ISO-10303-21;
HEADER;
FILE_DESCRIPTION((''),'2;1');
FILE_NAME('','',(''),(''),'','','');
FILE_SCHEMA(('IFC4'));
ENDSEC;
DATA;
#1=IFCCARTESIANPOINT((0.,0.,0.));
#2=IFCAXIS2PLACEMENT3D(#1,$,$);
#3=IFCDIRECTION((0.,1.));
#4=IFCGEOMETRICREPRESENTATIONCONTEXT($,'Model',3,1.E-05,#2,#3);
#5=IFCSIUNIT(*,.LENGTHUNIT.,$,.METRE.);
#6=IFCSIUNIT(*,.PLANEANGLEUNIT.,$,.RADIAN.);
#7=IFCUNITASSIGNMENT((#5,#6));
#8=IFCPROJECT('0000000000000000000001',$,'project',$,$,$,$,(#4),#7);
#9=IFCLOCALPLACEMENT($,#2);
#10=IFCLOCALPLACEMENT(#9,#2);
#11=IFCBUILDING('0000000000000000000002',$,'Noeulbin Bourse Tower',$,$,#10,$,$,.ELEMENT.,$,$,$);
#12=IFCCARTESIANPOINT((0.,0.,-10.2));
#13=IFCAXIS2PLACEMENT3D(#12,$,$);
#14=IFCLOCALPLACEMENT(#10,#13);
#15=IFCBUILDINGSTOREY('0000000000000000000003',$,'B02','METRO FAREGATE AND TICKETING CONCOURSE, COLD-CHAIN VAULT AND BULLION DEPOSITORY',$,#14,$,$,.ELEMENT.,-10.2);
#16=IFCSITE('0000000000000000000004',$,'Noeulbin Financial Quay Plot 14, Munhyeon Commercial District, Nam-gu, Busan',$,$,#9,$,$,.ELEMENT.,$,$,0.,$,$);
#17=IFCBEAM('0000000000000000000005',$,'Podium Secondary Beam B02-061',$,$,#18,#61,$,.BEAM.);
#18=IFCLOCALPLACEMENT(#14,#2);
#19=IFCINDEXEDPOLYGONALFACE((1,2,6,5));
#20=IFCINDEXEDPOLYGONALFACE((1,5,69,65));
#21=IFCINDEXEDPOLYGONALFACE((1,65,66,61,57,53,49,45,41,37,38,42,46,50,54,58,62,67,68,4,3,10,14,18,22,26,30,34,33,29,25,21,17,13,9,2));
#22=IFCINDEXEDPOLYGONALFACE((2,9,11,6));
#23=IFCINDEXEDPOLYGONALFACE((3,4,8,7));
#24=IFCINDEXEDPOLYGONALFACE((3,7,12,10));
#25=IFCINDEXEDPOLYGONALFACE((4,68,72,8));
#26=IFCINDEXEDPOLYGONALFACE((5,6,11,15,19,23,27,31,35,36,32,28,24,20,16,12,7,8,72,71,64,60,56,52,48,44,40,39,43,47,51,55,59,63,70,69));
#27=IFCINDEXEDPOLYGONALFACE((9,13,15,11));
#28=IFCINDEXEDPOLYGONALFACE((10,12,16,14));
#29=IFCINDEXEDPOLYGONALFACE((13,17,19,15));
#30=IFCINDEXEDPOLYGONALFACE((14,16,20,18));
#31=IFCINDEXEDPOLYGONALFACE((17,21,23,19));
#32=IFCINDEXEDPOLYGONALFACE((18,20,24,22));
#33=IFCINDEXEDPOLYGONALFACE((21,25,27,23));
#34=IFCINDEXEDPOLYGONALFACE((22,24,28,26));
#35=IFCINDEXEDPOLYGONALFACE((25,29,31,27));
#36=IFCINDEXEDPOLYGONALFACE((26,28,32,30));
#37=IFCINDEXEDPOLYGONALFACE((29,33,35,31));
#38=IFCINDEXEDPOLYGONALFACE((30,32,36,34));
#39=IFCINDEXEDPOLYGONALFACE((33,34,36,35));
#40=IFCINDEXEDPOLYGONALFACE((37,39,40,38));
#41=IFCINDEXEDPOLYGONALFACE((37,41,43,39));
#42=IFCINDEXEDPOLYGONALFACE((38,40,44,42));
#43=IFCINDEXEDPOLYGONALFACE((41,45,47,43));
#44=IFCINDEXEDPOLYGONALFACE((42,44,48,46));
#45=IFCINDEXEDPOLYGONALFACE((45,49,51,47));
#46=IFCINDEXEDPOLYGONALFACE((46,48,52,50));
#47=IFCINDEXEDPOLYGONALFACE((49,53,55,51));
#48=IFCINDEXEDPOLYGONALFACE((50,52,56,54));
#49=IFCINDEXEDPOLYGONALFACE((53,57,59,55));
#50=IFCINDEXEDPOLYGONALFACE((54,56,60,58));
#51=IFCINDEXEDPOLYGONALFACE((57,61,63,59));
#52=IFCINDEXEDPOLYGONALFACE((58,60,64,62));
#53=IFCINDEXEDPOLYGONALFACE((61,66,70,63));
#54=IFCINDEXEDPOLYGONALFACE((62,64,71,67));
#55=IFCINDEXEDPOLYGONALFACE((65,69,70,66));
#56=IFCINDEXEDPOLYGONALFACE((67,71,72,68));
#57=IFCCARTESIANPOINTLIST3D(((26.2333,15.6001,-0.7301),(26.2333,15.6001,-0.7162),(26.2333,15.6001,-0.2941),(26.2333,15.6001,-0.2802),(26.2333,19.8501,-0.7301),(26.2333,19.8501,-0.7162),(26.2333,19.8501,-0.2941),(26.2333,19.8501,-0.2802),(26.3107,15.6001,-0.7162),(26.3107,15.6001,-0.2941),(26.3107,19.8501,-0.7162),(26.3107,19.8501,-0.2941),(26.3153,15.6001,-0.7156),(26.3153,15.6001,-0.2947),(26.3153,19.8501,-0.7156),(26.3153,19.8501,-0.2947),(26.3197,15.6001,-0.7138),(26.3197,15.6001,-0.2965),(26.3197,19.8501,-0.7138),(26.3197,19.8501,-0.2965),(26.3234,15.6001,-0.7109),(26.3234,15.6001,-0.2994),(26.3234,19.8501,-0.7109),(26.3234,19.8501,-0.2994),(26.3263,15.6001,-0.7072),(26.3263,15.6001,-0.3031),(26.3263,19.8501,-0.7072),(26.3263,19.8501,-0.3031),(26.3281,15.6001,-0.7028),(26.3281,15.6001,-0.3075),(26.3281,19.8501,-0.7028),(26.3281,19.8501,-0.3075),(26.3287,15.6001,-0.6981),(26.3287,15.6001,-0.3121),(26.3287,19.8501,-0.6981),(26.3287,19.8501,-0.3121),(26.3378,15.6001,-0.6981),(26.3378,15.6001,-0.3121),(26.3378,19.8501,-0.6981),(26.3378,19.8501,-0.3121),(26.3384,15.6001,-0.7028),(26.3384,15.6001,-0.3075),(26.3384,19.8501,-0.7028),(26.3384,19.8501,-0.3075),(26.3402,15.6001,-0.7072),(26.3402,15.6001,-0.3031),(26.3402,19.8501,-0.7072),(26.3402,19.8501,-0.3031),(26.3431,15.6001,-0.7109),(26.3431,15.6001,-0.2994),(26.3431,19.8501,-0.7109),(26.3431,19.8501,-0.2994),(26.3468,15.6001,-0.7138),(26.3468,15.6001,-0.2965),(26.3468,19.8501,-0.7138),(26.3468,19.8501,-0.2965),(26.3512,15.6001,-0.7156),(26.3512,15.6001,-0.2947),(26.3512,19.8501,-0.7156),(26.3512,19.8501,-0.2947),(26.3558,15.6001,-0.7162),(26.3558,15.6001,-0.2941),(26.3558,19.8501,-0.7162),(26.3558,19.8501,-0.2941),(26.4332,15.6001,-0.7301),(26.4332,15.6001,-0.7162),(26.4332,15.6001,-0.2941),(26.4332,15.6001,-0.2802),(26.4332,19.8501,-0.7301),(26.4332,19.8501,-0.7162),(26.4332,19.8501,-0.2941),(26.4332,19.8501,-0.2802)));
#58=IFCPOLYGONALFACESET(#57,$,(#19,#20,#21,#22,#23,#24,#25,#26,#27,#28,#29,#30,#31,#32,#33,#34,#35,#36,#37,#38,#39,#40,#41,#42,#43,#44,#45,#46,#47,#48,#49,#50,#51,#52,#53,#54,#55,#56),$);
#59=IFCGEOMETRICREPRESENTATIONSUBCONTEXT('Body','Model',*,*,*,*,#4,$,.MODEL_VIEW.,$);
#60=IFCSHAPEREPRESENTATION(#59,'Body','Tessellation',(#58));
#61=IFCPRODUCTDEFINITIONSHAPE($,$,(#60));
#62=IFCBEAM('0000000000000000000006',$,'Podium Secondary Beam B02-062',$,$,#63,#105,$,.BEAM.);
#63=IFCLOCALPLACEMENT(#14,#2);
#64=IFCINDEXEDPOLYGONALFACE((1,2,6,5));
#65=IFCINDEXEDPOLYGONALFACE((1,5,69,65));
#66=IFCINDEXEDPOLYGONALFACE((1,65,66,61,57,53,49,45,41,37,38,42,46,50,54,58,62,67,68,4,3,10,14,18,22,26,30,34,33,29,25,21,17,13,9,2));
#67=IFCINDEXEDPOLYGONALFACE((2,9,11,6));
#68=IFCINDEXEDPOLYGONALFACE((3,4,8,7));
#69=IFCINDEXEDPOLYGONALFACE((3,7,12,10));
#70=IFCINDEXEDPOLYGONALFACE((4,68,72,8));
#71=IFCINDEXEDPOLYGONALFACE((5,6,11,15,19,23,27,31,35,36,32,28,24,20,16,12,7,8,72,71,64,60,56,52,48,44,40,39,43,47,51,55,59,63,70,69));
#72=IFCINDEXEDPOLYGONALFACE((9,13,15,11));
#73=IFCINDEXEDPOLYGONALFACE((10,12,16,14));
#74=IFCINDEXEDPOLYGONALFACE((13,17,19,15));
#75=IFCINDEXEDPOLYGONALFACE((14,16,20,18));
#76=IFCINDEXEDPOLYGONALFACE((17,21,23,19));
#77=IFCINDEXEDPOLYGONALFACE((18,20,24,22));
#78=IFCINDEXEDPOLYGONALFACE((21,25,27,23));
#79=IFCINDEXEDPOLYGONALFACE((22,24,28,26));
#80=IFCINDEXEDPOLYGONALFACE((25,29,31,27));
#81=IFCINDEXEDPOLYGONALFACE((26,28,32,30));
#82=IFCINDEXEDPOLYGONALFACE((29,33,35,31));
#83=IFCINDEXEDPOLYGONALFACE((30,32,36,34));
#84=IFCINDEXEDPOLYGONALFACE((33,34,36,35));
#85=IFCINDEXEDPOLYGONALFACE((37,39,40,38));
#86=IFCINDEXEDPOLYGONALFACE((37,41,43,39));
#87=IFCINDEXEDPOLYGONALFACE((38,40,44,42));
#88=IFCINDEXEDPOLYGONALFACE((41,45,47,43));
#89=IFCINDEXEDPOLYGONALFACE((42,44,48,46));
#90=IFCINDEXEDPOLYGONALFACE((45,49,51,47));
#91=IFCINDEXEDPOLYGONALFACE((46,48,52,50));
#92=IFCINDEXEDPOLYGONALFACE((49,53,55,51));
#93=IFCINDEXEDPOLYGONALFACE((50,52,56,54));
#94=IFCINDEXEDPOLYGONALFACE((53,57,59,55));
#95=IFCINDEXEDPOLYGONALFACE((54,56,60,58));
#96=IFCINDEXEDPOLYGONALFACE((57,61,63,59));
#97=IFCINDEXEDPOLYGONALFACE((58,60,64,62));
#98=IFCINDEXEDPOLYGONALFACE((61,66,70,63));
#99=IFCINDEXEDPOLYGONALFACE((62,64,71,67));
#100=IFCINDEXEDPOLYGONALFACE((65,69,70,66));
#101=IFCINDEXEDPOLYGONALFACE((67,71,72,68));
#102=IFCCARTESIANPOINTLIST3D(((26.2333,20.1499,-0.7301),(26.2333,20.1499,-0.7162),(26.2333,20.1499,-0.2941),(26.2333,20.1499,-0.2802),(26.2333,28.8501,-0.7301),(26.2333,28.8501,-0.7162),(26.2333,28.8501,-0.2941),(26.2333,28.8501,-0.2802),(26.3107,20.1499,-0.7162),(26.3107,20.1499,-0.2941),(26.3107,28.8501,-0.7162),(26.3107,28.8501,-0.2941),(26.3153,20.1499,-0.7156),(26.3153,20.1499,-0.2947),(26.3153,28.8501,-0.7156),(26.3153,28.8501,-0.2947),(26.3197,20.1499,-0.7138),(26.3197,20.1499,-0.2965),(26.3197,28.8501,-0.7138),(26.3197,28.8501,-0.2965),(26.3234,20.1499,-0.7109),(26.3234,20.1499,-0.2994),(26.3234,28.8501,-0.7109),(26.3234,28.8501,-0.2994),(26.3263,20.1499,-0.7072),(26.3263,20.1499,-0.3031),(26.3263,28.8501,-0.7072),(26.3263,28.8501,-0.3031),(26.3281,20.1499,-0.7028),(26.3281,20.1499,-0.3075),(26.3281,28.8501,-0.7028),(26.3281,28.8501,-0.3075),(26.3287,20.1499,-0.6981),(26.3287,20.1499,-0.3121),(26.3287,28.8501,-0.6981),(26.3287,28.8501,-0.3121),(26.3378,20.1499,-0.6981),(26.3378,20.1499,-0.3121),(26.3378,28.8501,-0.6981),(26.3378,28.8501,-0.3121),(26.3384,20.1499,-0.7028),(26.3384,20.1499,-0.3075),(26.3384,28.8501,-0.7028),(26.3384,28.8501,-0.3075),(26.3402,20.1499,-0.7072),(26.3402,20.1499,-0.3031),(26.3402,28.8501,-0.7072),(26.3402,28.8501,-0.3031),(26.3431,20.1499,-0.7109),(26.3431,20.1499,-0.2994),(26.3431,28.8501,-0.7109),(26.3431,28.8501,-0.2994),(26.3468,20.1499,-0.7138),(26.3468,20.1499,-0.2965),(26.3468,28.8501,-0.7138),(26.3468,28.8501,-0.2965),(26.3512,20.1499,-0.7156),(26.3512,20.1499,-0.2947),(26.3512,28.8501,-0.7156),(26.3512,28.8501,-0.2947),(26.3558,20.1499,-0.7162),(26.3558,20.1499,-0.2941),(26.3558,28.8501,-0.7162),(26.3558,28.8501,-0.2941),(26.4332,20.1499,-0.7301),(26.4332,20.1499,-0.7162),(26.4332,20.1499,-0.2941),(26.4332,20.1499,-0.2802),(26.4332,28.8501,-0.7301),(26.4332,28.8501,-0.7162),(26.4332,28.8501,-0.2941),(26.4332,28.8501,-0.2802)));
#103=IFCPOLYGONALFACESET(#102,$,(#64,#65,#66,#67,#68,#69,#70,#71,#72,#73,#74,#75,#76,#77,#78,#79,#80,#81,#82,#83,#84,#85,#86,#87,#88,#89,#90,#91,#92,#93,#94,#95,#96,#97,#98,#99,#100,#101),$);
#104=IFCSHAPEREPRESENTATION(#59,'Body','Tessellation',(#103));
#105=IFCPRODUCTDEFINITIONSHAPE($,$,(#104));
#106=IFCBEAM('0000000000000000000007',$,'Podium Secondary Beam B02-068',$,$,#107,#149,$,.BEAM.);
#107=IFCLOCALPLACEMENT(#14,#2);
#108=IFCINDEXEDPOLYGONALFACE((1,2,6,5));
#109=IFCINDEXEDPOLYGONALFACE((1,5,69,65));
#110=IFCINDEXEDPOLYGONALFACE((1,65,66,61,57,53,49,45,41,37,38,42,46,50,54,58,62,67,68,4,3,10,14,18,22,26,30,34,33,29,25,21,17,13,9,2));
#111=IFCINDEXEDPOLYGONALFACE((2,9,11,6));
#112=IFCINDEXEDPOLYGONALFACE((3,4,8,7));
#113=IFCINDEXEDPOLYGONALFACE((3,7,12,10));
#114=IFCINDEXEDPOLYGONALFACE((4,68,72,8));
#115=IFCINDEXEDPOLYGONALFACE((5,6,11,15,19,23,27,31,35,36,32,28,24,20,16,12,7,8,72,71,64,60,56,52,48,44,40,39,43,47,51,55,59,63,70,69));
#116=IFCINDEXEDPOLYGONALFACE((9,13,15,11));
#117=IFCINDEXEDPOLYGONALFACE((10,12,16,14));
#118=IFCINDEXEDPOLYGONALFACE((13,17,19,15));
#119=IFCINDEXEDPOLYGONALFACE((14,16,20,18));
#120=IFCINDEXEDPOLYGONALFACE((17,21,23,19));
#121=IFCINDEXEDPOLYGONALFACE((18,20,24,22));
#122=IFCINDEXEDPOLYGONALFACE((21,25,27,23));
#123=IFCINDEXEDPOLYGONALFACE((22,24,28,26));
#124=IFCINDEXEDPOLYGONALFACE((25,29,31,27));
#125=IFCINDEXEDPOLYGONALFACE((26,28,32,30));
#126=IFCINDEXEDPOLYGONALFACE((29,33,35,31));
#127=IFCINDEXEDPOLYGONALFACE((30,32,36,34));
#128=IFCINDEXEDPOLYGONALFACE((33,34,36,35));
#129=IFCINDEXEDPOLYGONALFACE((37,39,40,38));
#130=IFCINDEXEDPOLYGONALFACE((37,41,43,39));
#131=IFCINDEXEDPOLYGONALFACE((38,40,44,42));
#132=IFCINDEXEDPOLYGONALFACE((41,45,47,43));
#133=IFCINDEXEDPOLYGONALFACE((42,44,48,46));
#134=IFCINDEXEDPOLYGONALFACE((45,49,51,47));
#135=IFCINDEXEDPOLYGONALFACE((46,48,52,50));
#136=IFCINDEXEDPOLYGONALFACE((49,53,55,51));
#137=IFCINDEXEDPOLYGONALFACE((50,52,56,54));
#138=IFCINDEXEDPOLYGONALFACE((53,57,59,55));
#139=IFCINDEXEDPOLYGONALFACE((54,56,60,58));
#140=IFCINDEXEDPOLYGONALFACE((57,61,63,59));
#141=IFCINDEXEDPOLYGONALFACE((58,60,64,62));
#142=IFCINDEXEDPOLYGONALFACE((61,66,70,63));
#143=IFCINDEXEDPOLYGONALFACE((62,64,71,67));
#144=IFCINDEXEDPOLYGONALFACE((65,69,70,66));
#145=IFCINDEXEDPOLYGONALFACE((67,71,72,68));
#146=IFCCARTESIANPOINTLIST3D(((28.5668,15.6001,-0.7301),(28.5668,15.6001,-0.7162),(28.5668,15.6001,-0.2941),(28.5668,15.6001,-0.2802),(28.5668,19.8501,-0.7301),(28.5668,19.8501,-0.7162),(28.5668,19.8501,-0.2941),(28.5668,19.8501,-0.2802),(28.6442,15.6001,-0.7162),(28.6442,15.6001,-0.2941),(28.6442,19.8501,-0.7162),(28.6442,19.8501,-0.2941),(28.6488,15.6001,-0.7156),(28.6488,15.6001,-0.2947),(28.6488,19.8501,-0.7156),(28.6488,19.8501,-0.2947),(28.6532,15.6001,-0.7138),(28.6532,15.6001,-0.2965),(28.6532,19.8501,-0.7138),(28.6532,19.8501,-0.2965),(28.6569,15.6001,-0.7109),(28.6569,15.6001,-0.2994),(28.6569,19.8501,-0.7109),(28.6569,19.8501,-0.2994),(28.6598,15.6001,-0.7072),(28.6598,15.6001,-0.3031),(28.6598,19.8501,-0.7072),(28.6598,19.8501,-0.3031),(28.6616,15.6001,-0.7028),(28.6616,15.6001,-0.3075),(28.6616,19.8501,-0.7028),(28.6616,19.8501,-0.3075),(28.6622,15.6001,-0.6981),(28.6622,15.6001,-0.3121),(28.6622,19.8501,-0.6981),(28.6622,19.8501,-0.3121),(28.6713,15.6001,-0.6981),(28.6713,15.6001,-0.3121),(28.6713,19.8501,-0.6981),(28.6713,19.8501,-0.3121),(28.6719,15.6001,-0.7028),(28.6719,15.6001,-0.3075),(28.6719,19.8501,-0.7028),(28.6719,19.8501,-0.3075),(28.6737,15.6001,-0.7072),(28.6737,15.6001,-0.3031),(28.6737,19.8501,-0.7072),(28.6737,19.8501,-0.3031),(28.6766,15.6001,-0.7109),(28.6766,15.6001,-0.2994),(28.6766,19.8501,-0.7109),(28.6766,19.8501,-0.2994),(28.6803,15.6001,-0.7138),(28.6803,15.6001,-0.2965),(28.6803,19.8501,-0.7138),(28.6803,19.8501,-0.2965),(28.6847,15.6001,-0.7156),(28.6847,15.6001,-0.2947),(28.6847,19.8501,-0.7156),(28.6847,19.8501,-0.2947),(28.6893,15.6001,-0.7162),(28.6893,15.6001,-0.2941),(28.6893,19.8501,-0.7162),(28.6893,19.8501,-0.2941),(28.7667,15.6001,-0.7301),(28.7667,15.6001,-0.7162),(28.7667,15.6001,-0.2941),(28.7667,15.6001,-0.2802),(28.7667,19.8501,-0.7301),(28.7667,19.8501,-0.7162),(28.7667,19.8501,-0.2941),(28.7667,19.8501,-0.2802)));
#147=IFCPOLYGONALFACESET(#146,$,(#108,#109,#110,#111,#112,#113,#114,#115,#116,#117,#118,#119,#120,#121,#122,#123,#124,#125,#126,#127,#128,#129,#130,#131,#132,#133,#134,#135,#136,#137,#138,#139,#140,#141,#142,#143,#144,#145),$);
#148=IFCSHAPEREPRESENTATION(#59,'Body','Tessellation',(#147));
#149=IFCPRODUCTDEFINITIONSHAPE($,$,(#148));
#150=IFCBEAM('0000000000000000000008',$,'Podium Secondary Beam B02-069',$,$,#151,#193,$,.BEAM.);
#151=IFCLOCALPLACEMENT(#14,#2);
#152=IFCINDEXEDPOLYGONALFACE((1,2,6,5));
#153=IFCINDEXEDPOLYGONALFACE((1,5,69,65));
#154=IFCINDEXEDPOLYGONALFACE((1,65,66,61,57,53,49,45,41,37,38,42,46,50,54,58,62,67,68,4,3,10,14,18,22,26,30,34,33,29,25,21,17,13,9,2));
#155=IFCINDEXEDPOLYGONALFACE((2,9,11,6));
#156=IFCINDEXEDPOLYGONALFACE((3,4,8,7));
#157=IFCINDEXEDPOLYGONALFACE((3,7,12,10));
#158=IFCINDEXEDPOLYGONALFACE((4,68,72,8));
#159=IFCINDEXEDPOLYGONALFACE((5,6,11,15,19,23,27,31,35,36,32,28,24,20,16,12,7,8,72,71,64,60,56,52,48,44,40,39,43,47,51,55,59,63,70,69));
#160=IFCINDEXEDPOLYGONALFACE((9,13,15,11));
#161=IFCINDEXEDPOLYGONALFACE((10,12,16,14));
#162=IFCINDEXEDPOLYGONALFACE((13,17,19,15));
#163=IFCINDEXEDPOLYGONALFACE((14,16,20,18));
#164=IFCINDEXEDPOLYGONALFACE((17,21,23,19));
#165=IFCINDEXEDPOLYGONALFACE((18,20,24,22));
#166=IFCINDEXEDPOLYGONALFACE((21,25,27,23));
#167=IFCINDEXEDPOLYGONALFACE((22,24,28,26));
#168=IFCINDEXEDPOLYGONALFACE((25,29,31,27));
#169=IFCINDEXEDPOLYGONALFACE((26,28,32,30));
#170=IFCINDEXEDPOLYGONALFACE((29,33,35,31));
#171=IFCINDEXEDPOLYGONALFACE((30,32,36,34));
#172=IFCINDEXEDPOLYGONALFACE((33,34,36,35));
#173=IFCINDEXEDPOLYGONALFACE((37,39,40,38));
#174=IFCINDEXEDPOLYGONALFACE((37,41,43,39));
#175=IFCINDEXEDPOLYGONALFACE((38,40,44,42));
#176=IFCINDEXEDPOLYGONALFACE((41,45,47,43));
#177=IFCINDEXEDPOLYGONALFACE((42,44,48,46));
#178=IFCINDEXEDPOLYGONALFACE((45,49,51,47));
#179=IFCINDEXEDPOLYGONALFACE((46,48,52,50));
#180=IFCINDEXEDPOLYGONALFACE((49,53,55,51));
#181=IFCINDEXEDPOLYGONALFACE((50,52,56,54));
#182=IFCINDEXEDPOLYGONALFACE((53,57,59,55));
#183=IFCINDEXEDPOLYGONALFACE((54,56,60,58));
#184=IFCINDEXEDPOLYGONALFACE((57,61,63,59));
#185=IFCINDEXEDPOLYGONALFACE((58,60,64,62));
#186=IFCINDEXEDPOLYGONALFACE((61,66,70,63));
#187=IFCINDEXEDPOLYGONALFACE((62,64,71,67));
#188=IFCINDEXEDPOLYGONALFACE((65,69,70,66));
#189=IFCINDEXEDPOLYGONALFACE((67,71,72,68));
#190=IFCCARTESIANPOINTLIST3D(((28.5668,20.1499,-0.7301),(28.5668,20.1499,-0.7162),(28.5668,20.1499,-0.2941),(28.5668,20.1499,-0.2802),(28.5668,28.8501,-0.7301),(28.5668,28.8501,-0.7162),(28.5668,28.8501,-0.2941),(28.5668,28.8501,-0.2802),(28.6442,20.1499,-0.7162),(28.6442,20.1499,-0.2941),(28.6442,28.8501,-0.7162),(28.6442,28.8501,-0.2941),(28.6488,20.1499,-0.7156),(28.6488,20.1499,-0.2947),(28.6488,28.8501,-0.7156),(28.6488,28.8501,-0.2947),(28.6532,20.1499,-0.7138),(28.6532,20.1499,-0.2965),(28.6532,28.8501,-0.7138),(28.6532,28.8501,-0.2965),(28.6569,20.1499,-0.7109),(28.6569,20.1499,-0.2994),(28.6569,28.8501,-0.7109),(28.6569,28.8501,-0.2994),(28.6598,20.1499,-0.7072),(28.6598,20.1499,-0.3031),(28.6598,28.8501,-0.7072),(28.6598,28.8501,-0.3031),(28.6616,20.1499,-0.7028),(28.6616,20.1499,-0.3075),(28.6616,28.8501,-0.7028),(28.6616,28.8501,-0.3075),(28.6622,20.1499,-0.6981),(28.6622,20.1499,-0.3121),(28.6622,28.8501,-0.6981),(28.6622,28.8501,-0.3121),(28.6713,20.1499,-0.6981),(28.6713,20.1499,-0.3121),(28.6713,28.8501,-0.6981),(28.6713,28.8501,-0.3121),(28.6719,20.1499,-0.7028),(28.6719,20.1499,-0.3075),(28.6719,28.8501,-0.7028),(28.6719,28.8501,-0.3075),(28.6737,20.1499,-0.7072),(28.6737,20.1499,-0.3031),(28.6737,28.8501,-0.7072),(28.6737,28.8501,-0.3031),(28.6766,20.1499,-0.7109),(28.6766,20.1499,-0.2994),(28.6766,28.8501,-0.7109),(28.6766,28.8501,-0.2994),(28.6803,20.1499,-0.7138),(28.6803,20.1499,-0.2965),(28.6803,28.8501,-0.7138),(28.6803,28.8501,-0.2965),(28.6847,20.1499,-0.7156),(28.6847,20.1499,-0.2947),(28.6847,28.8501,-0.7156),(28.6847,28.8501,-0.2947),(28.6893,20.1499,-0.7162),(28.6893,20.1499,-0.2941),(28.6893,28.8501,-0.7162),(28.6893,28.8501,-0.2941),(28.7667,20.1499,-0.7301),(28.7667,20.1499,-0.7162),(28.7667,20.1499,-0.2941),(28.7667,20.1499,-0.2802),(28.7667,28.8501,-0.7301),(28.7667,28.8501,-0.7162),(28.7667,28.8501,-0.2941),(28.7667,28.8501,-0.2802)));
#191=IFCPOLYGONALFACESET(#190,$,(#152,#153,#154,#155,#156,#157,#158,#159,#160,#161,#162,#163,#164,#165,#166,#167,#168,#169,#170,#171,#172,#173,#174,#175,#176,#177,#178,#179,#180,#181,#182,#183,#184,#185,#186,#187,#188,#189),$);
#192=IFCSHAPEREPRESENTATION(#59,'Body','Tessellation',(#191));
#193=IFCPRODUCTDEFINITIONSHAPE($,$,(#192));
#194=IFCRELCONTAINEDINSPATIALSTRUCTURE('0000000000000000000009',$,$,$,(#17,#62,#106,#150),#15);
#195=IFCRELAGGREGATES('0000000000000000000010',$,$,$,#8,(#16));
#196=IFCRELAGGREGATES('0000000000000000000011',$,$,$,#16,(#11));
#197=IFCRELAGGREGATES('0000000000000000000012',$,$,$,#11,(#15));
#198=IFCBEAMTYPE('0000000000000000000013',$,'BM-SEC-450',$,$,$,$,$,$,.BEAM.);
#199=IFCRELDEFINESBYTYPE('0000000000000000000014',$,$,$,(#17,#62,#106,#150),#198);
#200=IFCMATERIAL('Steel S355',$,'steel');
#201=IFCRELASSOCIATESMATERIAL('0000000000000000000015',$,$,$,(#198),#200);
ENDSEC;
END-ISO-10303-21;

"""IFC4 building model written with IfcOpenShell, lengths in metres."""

from ifc_helpers import new_model, si_unit, direction, frame, origin, origin_2d, place, context, subcontext, project, spatial, i_section, extrude, material, material_profile, profile_set, type_object, element, save


model = new_model("IFC4")

# Units and contexts
model_context = context("Model", 3, precision=1e-05, world=origin(), true_north=direction((0.0, 1.0)))
body_context = subcontext(model_context, "Body", "Model", "MODEL_VIEW")
ifc_project = project(units=[si_unit("LENGTHUNIT", "METRE"), si_unit("PLANEANGLEUNIT", "RADIAN")], contexts=[model_context])

# Site, building, storey
site_placement = place(None, origin())
site = spatial("IfcSite", under=ifc_project, at=site_placement, Name="Noeulbin Financial Quay Plot 14, Munhyeon Commercial District, Nam-gu, Busan", CompositionType="ELEMENT", RefElevation=0.0)
building_placement = place(site_placement, origin())
building = spatial("IfcBuilding", under=site, at=building_placement, Name="Noeulbin Bourse Tower", CompositionType="ELEMENT")
storey_placement = place(building_placement, frame((0.0, 0.0, -10.2)))
storey = spatial("IfcBuildingStorey", under=building, at=storey_placement, Name="B02", Description="METRO FAREGATE AND TICKETING CONCOURSE, COLD-CHAIN VAULT AND BULLION DEPOSITORY", CompositionType="ELEMENT", Elevation=-10.2)

# Beams
ifc_material_1 = material(Name="Steel S355", Category="steel")
ifc_material_profile_1 = material_profile(ifc_material_1, i_section(OverallWidth=0.2, OverallDepth=0.45, WebThickness=0.009, FlangeThickness=0.0139, FilletRadius=0.0181, at=origin_2d()), Name="H-450x200x9x14", Category="LoadBearing")
ifc_profile_set_1 = profile_set([ifc_material_profile_1], Name="Steel S355")
beam_type_1 = type_object("IfcBeamType", Name="BM-SEC-450", PredefinedType="BEAM", material=ifc_profile_set_1)
beam_1_placement = place(storey_placement, frame((26.3333, 15.6001, -0.5051), z_axis=(0.0, 1.0, 0.0), x_axis=(-1.0, 0.0, 0.0)))
element("IfcBeam", 1, at=beam_1_placement, inside=storey, type_object=beam_type_1, Name="Podium Secondary Beam B02-061", PredefinedType="BEAM", context=body_context, shape_type="SweptSolid", body=[
    extrude(i_section(OverallWidth=0.2, OverallDepth=0.45, WebThickness=0.009, FlangeThickness=0.0139, FilletRadius=0.0181, at=origin_2d()), origin(), (0.0, 0.0, 1.0), 4.25),
])
beam_2_placement = place(storey_placement, frame((26.3333, 20.1499, -0.5051), z_axis=(0.0, 1.0, 0.0), x_axis=(-1.0, 0.0, 0.0)))
element("IfcBeam", 2, at=beam_2_placement, inside=storey, type_object=beam_type_1, Name="Podium Secondary Beam B02-062", PredefinedType="BEAM", context=body_context, shape_type="SweptSolid", body=[
    extrude(i_section(OverallWidth=0.2, OverallDepth=0.45, WebThickness=0.009, FlangeThickness=0.0139, FilletRadius=0.0181, at=origin_2d()), origin(), (0.0, 0.0, 1.0), 8.7002),
])
beam_3_placement = place(storey_placement, frame((28.6667, 15.6001, -0.5051), z_axis=(0.0, 1.0, 0.0), x_axis=(-1.0, 0.0, 0.0)))
element("IfcBeam", 3, at=beam_3_placement, inside=storey, type_object=beam_type_1, Name="Podium Secondary Beam B02-068", PredefinedType="BEAM", context=body_context, shape_type="SweptSolid", body=[
    extrude(i_section(OverallWidth=0.2, OverallDepth=0.45, WebThickness=0.009, FlangeThickness=0.0139, FilletRadius=0.0181, at=origin_2d()), origin(), (0.0, 0.0, 1.0), 4.25),
])
beam_4_placement = place(storey_placement, frame((28.6667, 20.1499, -0.5051), z_axis=(0.0, 1.0, 0.0), x_axis=(-1.0, 0.0, 0.0)))
element("IfcBeam", 4, at=beam_4_placement, inside=storey, type_object=beam_type_1, Name="Podium Secondary Beam B02-069", PredefinedType="BEAM", context=body_context, shape_type="SweptSolid", body=[
    extrude(i_section(OverallWidth=0.2, OverallDepth=0.45, WebThickness=0.009, FlangeThickness=0.0139, FilletRadius=0.0181, at=origin_2d()), origin(), (0.0, 0.0, 1.0), 8.7002),
])

save(model, "model.ifc")
